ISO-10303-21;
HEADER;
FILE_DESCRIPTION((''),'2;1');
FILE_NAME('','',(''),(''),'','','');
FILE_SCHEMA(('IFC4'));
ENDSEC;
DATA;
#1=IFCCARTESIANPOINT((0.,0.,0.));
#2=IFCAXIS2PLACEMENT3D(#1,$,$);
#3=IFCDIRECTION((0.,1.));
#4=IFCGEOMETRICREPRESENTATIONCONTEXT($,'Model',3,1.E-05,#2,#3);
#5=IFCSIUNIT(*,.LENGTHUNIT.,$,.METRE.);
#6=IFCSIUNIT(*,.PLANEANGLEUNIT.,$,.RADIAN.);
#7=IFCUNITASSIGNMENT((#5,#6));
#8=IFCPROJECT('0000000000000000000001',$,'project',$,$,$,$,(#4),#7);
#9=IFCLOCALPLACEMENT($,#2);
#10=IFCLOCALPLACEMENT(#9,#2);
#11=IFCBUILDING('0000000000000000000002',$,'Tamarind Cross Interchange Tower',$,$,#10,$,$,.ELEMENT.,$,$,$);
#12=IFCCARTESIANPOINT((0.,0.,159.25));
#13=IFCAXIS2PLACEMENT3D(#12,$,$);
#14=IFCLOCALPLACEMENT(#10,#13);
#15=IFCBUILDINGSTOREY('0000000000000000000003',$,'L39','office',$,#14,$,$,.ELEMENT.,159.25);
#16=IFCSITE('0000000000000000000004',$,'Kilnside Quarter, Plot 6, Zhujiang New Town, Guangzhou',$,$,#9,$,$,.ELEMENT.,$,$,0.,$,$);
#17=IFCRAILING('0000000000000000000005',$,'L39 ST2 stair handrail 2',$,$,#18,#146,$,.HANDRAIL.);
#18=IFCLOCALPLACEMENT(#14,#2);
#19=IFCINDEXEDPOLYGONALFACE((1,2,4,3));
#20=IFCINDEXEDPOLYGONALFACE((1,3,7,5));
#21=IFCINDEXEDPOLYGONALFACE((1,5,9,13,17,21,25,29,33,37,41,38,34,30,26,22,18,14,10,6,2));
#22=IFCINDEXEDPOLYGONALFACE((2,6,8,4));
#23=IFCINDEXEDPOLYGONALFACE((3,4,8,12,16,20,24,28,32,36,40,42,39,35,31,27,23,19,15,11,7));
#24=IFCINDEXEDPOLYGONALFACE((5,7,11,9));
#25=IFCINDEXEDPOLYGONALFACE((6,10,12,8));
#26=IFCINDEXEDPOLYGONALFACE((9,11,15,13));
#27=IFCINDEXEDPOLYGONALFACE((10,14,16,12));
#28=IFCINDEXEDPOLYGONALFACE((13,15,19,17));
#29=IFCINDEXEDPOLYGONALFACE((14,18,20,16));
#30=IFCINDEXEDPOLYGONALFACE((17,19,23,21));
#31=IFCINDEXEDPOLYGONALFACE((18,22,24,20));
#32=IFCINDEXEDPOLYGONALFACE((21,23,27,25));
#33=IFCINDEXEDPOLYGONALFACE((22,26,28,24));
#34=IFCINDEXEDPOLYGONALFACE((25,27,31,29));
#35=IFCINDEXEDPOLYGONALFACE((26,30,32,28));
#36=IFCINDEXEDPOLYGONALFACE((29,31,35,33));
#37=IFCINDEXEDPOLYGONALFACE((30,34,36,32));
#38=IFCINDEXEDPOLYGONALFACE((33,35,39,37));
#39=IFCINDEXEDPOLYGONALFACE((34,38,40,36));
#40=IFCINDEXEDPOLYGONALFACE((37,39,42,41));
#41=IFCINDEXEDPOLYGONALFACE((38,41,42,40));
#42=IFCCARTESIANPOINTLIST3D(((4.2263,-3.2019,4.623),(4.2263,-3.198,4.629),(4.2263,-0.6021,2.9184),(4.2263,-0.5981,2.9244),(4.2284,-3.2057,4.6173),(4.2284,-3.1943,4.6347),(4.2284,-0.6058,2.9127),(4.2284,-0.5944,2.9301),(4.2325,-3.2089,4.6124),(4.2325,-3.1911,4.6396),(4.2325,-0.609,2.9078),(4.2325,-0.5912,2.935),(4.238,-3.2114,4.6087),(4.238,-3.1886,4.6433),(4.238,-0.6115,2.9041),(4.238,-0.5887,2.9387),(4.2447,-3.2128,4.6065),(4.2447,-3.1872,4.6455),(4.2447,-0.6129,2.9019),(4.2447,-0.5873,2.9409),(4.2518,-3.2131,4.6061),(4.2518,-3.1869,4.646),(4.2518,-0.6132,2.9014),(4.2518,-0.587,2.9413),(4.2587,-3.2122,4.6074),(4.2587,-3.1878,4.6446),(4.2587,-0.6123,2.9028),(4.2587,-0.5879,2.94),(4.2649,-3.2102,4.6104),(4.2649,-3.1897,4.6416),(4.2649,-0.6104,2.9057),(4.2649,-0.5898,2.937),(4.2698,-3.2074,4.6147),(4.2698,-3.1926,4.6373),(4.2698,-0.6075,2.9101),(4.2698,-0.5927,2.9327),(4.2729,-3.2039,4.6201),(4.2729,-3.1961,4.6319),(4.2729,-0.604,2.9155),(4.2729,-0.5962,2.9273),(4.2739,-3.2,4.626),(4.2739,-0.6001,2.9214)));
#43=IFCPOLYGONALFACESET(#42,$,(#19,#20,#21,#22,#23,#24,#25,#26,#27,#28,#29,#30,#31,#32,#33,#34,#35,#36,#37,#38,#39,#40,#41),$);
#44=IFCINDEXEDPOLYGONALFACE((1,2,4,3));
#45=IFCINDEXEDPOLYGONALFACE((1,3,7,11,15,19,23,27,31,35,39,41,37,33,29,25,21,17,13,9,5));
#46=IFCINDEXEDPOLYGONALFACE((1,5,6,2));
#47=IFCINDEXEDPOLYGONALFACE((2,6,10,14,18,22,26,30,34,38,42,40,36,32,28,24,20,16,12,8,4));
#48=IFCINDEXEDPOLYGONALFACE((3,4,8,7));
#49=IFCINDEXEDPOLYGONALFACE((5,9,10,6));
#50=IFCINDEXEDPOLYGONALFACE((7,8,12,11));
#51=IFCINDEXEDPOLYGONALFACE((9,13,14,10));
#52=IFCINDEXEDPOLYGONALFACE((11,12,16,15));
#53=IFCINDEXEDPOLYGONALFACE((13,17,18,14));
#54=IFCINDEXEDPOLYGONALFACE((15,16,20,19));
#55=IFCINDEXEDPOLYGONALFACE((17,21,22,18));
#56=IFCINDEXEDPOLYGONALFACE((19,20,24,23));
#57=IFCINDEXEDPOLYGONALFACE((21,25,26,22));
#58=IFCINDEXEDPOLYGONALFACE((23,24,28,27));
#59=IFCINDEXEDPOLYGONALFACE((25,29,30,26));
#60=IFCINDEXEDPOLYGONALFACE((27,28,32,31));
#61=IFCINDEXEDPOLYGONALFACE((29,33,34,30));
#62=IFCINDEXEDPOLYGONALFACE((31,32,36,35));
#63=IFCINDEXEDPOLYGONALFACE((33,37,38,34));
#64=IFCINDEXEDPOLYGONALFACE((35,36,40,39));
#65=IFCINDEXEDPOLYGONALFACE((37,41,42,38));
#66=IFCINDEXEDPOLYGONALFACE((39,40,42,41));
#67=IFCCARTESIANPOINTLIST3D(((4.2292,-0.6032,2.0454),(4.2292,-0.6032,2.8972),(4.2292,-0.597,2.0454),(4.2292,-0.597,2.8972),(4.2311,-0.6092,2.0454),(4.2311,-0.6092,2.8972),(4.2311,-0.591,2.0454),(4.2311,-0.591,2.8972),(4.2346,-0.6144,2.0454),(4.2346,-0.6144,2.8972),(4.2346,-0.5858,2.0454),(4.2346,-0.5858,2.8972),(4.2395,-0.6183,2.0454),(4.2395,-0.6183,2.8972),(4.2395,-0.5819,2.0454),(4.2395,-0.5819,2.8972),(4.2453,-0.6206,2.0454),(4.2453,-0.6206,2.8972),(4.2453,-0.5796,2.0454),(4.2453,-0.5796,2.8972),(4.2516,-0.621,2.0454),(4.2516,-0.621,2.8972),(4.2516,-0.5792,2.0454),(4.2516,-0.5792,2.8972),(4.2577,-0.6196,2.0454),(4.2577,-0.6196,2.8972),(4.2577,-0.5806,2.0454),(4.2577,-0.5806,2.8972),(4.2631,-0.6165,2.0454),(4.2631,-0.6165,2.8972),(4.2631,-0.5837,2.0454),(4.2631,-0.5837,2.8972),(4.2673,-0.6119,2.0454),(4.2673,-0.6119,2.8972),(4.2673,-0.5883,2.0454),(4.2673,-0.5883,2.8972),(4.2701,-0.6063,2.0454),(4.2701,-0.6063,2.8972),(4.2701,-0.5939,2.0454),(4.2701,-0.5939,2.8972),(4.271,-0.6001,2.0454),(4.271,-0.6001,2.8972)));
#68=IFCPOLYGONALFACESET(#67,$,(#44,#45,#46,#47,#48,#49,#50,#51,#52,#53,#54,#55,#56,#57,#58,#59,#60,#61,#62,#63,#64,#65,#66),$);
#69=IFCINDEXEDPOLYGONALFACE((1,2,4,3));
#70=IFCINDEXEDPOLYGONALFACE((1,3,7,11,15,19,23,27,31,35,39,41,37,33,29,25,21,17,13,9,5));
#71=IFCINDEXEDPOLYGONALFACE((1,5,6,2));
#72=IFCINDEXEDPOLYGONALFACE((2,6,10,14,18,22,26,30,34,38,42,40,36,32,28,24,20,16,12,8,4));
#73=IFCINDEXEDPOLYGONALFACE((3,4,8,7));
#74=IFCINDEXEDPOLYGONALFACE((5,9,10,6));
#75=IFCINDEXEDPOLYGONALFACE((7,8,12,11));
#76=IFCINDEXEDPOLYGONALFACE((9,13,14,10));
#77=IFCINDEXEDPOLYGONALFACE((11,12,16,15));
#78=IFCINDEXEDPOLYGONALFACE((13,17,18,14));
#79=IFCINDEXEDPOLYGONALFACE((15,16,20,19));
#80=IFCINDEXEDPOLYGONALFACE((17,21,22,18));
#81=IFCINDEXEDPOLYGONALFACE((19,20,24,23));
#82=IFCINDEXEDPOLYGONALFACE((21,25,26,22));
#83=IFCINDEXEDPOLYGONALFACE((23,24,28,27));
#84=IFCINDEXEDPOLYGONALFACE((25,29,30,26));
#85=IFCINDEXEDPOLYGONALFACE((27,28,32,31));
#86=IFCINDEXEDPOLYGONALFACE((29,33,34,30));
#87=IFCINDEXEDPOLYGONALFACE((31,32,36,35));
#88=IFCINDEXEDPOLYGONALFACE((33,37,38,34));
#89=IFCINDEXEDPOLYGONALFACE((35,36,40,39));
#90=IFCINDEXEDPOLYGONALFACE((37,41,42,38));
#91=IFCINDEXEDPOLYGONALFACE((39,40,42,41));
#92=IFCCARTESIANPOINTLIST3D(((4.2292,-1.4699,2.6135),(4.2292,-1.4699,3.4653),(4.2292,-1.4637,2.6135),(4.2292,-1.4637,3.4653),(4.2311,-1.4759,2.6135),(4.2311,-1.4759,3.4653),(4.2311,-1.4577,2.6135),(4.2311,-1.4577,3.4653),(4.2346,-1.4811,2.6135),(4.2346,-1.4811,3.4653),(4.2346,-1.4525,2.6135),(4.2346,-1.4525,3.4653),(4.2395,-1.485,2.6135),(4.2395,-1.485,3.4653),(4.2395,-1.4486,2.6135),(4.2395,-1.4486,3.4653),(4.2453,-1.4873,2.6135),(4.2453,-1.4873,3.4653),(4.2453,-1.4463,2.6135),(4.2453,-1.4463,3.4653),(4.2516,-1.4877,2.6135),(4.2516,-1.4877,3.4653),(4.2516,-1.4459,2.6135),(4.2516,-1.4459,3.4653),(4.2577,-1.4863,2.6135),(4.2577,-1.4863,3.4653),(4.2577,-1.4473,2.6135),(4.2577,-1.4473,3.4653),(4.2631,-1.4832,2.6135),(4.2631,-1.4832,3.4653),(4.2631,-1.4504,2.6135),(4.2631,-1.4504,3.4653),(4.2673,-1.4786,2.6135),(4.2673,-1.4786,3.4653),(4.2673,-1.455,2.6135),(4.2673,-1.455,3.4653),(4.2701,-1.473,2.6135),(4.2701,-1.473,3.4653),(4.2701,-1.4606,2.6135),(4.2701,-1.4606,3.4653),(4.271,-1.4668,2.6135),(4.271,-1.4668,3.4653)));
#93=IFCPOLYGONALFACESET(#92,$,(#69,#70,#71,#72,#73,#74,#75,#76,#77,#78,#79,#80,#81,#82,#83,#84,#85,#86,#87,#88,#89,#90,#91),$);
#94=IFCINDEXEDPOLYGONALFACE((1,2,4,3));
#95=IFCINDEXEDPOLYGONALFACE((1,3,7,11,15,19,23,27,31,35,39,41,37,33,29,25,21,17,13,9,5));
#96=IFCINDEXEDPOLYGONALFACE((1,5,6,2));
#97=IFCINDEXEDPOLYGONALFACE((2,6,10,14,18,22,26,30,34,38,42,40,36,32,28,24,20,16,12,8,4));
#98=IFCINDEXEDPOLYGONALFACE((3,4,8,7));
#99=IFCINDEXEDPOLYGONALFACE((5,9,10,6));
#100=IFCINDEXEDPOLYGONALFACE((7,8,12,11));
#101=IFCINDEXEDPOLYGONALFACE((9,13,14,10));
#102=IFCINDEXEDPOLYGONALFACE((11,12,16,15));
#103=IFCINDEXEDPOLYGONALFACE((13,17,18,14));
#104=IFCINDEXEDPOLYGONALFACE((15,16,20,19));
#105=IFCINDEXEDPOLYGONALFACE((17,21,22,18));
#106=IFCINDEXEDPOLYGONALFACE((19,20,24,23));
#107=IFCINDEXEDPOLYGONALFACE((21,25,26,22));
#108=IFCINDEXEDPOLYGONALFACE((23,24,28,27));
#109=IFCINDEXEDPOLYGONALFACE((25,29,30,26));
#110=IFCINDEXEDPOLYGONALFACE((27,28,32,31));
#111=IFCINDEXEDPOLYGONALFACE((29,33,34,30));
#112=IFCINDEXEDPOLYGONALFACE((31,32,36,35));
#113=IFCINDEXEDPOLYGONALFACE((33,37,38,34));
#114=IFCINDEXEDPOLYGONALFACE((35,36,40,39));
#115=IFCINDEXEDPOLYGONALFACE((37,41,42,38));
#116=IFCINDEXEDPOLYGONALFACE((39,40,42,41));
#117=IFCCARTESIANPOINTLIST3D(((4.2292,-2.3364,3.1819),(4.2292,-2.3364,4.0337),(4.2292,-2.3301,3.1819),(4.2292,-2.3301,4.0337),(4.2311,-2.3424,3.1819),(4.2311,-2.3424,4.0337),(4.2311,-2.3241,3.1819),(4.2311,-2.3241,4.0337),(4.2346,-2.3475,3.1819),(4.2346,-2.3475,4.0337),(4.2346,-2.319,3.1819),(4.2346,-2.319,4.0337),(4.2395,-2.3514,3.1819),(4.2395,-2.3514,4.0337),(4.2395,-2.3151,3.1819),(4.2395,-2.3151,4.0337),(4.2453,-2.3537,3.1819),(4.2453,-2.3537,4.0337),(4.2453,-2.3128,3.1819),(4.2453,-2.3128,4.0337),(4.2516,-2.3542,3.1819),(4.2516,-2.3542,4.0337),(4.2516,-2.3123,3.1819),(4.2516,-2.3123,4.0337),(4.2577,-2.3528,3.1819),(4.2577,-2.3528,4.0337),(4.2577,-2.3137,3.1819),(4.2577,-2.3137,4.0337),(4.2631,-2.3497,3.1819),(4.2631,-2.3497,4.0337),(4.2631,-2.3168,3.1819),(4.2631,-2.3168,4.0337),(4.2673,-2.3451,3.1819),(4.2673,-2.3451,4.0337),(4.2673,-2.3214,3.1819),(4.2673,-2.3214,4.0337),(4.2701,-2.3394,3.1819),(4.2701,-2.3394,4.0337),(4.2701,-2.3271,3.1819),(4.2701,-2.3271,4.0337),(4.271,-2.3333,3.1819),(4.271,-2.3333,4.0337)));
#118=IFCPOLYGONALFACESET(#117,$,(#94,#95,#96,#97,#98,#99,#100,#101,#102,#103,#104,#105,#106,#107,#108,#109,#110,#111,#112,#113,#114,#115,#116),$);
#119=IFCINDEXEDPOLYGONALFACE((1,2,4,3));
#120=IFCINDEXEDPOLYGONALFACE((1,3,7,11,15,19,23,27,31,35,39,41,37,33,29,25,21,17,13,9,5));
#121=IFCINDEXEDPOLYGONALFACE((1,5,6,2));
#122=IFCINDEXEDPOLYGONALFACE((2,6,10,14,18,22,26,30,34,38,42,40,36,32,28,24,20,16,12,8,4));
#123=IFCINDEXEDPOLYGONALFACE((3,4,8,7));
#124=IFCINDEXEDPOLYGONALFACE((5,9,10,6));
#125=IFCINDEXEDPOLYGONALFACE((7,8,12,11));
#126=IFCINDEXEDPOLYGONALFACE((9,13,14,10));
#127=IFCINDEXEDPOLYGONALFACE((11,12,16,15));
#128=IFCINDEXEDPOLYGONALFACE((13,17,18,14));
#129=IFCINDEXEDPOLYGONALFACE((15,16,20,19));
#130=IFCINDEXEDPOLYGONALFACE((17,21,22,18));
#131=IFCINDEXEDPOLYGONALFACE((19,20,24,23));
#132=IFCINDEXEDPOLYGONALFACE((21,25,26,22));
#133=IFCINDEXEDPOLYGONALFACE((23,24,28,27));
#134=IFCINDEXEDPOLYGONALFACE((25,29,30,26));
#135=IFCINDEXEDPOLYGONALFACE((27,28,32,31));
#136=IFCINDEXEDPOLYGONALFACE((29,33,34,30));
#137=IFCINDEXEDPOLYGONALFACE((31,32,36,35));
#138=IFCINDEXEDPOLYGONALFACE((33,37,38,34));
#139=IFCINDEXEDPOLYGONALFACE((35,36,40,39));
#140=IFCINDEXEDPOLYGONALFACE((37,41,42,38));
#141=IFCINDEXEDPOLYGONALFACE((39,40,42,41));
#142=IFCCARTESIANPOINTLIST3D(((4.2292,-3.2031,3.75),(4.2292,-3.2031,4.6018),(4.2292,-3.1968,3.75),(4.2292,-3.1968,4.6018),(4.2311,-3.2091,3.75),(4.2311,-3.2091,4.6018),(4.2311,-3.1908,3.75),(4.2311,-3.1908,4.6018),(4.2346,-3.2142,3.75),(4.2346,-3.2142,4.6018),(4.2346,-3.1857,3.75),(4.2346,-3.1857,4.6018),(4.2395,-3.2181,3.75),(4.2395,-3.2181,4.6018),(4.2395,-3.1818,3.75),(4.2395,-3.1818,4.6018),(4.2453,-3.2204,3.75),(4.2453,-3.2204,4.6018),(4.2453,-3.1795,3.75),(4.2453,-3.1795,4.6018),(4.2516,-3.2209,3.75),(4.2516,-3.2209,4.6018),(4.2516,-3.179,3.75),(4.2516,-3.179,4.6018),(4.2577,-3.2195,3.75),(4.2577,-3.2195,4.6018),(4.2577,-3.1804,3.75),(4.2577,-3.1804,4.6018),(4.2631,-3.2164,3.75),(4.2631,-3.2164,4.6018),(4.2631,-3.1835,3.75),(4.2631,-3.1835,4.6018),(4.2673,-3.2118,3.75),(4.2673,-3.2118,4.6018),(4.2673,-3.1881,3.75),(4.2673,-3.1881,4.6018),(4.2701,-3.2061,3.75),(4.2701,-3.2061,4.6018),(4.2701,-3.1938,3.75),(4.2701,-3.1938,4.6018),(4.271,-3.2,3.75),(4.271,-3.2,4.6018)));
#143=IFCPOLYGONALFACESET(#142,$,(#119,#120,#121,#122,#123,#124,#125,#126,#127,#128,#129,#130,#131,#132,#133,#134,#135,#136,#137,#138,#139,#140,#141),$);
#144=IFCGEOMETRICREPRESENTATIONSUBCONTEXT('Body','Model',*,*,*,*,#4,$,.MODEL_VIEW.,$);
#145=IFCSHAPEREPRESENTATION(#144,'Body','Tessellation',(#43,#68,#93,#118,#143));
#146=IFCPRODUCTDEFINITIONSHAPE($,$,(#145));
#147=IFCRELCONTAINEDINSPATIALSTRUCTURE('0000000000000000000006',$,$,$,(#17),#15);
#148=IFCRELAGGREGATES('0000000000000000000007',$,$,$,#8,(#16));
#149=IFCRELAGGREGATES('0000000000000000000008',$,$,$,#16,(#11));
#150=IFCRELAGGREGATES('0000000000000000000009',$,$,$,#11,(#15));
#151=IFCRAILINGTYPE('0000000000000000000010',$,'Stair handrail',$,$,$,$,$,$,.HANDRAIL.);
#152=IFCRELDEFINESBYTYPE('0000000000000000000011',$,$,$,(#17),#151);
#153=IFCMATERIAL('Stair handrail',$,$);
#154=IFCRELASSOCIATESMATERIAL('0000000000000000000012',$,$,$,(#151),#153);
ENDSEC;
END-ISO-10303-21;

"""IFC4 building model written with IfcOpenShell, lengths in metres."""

from ifc_helpers import new_model, si_unit, direction, frame, origin, origin_2d, place, context, subcontext, project, spatial, circle, extrude, material, type_object, element, save


model = new_model("IFC4")

# Units and contexts
model_context = context("Model", 3, precision=1e-05, world=origin(), true_north=direction((0.0, 1.0)))
body_context = subcontext(model_context, "Body", "Model", "MODEL_VIEW")
ifc_project = project(units=[si_unit("LENGTHUNIT", "METRE"), si_unit("PLANEANGLEUNIT", "RADIAN")], contexts=[model_context])

# Site, building, storey
site_placement = place(None, origin())
site = spatial("IfcSite", under=ifc_project, at=site_placement, Name="Kilnside Quarter, Plot 6, Zhujiang New Town, Guangzhou", CompositionType="ELEMENT", RefElevation=0.0)
building_placement = place(site_placement, origin())
building = spatial("IfcBuilding", under=site, at=building_placement, Name="Tamarind Cross Interchange Tower", CompositionType="ELEMENT")
storey_placement = place(building_placement, frame((0.0, 0.0, 159.25)))
storey = spatial("IfcBuildingStorey", under=building, at=storey_placement, Name="L39", Description="office", CompositionType="ELEMENT", Elevation=159.25)

# Railing
ifc_material_1 = material(Name="Stair handrail")
railing_type_1 = type_object("IfcRailingType", Name="Stair handrail", PredefinedType="HANDRAIL", material=ifc_material_1)
railing_1_placement = place(storey_placement, frame((4.25, -0.6001, 2.0454)))
element("IfcRailing", 1, at=railing_1_placement, inside=storey, type_object=railing_type_1, Name="L39 ST2 stair handrail 2", PredefinedType="HANDRAIL", context=body_context, shape_type="SweptSolid", body=[
    extrude(circle(Radius=0.0239, at=origin_2d()), frame((0.0, 0.0, 0.876), z_axis=(0.0, -0.836279, 0.548305), x_axis=(1.0, 0.0, 0.0)), (0.0, 0.0, 1.0), 3.1089),
    extrude(circle(Radius=0.021, at=origin_2d()), origin(), (0.0, 0.0, 1.0), 0.8518),
    extrude(circle(Radius=0.021, at=origin_2d()), frame((0.0, -0.8667, 0.5681)), (0.0, 0.0, 1.0), 0.8518),
    extrude(circle(Radius=0.021, at=origin_2d()), frame((0.0, -1.7332, 1.1365)), (0.0, 0.0, 1.0), 0.8518),
    extrude(circle(Radius=0.021, at=origin_2d()), frame((0.0, -2.5999, 1.7046)), (0.0, 0.0, 1.0), 0.8518),
])

save(model, "model.ifc")
